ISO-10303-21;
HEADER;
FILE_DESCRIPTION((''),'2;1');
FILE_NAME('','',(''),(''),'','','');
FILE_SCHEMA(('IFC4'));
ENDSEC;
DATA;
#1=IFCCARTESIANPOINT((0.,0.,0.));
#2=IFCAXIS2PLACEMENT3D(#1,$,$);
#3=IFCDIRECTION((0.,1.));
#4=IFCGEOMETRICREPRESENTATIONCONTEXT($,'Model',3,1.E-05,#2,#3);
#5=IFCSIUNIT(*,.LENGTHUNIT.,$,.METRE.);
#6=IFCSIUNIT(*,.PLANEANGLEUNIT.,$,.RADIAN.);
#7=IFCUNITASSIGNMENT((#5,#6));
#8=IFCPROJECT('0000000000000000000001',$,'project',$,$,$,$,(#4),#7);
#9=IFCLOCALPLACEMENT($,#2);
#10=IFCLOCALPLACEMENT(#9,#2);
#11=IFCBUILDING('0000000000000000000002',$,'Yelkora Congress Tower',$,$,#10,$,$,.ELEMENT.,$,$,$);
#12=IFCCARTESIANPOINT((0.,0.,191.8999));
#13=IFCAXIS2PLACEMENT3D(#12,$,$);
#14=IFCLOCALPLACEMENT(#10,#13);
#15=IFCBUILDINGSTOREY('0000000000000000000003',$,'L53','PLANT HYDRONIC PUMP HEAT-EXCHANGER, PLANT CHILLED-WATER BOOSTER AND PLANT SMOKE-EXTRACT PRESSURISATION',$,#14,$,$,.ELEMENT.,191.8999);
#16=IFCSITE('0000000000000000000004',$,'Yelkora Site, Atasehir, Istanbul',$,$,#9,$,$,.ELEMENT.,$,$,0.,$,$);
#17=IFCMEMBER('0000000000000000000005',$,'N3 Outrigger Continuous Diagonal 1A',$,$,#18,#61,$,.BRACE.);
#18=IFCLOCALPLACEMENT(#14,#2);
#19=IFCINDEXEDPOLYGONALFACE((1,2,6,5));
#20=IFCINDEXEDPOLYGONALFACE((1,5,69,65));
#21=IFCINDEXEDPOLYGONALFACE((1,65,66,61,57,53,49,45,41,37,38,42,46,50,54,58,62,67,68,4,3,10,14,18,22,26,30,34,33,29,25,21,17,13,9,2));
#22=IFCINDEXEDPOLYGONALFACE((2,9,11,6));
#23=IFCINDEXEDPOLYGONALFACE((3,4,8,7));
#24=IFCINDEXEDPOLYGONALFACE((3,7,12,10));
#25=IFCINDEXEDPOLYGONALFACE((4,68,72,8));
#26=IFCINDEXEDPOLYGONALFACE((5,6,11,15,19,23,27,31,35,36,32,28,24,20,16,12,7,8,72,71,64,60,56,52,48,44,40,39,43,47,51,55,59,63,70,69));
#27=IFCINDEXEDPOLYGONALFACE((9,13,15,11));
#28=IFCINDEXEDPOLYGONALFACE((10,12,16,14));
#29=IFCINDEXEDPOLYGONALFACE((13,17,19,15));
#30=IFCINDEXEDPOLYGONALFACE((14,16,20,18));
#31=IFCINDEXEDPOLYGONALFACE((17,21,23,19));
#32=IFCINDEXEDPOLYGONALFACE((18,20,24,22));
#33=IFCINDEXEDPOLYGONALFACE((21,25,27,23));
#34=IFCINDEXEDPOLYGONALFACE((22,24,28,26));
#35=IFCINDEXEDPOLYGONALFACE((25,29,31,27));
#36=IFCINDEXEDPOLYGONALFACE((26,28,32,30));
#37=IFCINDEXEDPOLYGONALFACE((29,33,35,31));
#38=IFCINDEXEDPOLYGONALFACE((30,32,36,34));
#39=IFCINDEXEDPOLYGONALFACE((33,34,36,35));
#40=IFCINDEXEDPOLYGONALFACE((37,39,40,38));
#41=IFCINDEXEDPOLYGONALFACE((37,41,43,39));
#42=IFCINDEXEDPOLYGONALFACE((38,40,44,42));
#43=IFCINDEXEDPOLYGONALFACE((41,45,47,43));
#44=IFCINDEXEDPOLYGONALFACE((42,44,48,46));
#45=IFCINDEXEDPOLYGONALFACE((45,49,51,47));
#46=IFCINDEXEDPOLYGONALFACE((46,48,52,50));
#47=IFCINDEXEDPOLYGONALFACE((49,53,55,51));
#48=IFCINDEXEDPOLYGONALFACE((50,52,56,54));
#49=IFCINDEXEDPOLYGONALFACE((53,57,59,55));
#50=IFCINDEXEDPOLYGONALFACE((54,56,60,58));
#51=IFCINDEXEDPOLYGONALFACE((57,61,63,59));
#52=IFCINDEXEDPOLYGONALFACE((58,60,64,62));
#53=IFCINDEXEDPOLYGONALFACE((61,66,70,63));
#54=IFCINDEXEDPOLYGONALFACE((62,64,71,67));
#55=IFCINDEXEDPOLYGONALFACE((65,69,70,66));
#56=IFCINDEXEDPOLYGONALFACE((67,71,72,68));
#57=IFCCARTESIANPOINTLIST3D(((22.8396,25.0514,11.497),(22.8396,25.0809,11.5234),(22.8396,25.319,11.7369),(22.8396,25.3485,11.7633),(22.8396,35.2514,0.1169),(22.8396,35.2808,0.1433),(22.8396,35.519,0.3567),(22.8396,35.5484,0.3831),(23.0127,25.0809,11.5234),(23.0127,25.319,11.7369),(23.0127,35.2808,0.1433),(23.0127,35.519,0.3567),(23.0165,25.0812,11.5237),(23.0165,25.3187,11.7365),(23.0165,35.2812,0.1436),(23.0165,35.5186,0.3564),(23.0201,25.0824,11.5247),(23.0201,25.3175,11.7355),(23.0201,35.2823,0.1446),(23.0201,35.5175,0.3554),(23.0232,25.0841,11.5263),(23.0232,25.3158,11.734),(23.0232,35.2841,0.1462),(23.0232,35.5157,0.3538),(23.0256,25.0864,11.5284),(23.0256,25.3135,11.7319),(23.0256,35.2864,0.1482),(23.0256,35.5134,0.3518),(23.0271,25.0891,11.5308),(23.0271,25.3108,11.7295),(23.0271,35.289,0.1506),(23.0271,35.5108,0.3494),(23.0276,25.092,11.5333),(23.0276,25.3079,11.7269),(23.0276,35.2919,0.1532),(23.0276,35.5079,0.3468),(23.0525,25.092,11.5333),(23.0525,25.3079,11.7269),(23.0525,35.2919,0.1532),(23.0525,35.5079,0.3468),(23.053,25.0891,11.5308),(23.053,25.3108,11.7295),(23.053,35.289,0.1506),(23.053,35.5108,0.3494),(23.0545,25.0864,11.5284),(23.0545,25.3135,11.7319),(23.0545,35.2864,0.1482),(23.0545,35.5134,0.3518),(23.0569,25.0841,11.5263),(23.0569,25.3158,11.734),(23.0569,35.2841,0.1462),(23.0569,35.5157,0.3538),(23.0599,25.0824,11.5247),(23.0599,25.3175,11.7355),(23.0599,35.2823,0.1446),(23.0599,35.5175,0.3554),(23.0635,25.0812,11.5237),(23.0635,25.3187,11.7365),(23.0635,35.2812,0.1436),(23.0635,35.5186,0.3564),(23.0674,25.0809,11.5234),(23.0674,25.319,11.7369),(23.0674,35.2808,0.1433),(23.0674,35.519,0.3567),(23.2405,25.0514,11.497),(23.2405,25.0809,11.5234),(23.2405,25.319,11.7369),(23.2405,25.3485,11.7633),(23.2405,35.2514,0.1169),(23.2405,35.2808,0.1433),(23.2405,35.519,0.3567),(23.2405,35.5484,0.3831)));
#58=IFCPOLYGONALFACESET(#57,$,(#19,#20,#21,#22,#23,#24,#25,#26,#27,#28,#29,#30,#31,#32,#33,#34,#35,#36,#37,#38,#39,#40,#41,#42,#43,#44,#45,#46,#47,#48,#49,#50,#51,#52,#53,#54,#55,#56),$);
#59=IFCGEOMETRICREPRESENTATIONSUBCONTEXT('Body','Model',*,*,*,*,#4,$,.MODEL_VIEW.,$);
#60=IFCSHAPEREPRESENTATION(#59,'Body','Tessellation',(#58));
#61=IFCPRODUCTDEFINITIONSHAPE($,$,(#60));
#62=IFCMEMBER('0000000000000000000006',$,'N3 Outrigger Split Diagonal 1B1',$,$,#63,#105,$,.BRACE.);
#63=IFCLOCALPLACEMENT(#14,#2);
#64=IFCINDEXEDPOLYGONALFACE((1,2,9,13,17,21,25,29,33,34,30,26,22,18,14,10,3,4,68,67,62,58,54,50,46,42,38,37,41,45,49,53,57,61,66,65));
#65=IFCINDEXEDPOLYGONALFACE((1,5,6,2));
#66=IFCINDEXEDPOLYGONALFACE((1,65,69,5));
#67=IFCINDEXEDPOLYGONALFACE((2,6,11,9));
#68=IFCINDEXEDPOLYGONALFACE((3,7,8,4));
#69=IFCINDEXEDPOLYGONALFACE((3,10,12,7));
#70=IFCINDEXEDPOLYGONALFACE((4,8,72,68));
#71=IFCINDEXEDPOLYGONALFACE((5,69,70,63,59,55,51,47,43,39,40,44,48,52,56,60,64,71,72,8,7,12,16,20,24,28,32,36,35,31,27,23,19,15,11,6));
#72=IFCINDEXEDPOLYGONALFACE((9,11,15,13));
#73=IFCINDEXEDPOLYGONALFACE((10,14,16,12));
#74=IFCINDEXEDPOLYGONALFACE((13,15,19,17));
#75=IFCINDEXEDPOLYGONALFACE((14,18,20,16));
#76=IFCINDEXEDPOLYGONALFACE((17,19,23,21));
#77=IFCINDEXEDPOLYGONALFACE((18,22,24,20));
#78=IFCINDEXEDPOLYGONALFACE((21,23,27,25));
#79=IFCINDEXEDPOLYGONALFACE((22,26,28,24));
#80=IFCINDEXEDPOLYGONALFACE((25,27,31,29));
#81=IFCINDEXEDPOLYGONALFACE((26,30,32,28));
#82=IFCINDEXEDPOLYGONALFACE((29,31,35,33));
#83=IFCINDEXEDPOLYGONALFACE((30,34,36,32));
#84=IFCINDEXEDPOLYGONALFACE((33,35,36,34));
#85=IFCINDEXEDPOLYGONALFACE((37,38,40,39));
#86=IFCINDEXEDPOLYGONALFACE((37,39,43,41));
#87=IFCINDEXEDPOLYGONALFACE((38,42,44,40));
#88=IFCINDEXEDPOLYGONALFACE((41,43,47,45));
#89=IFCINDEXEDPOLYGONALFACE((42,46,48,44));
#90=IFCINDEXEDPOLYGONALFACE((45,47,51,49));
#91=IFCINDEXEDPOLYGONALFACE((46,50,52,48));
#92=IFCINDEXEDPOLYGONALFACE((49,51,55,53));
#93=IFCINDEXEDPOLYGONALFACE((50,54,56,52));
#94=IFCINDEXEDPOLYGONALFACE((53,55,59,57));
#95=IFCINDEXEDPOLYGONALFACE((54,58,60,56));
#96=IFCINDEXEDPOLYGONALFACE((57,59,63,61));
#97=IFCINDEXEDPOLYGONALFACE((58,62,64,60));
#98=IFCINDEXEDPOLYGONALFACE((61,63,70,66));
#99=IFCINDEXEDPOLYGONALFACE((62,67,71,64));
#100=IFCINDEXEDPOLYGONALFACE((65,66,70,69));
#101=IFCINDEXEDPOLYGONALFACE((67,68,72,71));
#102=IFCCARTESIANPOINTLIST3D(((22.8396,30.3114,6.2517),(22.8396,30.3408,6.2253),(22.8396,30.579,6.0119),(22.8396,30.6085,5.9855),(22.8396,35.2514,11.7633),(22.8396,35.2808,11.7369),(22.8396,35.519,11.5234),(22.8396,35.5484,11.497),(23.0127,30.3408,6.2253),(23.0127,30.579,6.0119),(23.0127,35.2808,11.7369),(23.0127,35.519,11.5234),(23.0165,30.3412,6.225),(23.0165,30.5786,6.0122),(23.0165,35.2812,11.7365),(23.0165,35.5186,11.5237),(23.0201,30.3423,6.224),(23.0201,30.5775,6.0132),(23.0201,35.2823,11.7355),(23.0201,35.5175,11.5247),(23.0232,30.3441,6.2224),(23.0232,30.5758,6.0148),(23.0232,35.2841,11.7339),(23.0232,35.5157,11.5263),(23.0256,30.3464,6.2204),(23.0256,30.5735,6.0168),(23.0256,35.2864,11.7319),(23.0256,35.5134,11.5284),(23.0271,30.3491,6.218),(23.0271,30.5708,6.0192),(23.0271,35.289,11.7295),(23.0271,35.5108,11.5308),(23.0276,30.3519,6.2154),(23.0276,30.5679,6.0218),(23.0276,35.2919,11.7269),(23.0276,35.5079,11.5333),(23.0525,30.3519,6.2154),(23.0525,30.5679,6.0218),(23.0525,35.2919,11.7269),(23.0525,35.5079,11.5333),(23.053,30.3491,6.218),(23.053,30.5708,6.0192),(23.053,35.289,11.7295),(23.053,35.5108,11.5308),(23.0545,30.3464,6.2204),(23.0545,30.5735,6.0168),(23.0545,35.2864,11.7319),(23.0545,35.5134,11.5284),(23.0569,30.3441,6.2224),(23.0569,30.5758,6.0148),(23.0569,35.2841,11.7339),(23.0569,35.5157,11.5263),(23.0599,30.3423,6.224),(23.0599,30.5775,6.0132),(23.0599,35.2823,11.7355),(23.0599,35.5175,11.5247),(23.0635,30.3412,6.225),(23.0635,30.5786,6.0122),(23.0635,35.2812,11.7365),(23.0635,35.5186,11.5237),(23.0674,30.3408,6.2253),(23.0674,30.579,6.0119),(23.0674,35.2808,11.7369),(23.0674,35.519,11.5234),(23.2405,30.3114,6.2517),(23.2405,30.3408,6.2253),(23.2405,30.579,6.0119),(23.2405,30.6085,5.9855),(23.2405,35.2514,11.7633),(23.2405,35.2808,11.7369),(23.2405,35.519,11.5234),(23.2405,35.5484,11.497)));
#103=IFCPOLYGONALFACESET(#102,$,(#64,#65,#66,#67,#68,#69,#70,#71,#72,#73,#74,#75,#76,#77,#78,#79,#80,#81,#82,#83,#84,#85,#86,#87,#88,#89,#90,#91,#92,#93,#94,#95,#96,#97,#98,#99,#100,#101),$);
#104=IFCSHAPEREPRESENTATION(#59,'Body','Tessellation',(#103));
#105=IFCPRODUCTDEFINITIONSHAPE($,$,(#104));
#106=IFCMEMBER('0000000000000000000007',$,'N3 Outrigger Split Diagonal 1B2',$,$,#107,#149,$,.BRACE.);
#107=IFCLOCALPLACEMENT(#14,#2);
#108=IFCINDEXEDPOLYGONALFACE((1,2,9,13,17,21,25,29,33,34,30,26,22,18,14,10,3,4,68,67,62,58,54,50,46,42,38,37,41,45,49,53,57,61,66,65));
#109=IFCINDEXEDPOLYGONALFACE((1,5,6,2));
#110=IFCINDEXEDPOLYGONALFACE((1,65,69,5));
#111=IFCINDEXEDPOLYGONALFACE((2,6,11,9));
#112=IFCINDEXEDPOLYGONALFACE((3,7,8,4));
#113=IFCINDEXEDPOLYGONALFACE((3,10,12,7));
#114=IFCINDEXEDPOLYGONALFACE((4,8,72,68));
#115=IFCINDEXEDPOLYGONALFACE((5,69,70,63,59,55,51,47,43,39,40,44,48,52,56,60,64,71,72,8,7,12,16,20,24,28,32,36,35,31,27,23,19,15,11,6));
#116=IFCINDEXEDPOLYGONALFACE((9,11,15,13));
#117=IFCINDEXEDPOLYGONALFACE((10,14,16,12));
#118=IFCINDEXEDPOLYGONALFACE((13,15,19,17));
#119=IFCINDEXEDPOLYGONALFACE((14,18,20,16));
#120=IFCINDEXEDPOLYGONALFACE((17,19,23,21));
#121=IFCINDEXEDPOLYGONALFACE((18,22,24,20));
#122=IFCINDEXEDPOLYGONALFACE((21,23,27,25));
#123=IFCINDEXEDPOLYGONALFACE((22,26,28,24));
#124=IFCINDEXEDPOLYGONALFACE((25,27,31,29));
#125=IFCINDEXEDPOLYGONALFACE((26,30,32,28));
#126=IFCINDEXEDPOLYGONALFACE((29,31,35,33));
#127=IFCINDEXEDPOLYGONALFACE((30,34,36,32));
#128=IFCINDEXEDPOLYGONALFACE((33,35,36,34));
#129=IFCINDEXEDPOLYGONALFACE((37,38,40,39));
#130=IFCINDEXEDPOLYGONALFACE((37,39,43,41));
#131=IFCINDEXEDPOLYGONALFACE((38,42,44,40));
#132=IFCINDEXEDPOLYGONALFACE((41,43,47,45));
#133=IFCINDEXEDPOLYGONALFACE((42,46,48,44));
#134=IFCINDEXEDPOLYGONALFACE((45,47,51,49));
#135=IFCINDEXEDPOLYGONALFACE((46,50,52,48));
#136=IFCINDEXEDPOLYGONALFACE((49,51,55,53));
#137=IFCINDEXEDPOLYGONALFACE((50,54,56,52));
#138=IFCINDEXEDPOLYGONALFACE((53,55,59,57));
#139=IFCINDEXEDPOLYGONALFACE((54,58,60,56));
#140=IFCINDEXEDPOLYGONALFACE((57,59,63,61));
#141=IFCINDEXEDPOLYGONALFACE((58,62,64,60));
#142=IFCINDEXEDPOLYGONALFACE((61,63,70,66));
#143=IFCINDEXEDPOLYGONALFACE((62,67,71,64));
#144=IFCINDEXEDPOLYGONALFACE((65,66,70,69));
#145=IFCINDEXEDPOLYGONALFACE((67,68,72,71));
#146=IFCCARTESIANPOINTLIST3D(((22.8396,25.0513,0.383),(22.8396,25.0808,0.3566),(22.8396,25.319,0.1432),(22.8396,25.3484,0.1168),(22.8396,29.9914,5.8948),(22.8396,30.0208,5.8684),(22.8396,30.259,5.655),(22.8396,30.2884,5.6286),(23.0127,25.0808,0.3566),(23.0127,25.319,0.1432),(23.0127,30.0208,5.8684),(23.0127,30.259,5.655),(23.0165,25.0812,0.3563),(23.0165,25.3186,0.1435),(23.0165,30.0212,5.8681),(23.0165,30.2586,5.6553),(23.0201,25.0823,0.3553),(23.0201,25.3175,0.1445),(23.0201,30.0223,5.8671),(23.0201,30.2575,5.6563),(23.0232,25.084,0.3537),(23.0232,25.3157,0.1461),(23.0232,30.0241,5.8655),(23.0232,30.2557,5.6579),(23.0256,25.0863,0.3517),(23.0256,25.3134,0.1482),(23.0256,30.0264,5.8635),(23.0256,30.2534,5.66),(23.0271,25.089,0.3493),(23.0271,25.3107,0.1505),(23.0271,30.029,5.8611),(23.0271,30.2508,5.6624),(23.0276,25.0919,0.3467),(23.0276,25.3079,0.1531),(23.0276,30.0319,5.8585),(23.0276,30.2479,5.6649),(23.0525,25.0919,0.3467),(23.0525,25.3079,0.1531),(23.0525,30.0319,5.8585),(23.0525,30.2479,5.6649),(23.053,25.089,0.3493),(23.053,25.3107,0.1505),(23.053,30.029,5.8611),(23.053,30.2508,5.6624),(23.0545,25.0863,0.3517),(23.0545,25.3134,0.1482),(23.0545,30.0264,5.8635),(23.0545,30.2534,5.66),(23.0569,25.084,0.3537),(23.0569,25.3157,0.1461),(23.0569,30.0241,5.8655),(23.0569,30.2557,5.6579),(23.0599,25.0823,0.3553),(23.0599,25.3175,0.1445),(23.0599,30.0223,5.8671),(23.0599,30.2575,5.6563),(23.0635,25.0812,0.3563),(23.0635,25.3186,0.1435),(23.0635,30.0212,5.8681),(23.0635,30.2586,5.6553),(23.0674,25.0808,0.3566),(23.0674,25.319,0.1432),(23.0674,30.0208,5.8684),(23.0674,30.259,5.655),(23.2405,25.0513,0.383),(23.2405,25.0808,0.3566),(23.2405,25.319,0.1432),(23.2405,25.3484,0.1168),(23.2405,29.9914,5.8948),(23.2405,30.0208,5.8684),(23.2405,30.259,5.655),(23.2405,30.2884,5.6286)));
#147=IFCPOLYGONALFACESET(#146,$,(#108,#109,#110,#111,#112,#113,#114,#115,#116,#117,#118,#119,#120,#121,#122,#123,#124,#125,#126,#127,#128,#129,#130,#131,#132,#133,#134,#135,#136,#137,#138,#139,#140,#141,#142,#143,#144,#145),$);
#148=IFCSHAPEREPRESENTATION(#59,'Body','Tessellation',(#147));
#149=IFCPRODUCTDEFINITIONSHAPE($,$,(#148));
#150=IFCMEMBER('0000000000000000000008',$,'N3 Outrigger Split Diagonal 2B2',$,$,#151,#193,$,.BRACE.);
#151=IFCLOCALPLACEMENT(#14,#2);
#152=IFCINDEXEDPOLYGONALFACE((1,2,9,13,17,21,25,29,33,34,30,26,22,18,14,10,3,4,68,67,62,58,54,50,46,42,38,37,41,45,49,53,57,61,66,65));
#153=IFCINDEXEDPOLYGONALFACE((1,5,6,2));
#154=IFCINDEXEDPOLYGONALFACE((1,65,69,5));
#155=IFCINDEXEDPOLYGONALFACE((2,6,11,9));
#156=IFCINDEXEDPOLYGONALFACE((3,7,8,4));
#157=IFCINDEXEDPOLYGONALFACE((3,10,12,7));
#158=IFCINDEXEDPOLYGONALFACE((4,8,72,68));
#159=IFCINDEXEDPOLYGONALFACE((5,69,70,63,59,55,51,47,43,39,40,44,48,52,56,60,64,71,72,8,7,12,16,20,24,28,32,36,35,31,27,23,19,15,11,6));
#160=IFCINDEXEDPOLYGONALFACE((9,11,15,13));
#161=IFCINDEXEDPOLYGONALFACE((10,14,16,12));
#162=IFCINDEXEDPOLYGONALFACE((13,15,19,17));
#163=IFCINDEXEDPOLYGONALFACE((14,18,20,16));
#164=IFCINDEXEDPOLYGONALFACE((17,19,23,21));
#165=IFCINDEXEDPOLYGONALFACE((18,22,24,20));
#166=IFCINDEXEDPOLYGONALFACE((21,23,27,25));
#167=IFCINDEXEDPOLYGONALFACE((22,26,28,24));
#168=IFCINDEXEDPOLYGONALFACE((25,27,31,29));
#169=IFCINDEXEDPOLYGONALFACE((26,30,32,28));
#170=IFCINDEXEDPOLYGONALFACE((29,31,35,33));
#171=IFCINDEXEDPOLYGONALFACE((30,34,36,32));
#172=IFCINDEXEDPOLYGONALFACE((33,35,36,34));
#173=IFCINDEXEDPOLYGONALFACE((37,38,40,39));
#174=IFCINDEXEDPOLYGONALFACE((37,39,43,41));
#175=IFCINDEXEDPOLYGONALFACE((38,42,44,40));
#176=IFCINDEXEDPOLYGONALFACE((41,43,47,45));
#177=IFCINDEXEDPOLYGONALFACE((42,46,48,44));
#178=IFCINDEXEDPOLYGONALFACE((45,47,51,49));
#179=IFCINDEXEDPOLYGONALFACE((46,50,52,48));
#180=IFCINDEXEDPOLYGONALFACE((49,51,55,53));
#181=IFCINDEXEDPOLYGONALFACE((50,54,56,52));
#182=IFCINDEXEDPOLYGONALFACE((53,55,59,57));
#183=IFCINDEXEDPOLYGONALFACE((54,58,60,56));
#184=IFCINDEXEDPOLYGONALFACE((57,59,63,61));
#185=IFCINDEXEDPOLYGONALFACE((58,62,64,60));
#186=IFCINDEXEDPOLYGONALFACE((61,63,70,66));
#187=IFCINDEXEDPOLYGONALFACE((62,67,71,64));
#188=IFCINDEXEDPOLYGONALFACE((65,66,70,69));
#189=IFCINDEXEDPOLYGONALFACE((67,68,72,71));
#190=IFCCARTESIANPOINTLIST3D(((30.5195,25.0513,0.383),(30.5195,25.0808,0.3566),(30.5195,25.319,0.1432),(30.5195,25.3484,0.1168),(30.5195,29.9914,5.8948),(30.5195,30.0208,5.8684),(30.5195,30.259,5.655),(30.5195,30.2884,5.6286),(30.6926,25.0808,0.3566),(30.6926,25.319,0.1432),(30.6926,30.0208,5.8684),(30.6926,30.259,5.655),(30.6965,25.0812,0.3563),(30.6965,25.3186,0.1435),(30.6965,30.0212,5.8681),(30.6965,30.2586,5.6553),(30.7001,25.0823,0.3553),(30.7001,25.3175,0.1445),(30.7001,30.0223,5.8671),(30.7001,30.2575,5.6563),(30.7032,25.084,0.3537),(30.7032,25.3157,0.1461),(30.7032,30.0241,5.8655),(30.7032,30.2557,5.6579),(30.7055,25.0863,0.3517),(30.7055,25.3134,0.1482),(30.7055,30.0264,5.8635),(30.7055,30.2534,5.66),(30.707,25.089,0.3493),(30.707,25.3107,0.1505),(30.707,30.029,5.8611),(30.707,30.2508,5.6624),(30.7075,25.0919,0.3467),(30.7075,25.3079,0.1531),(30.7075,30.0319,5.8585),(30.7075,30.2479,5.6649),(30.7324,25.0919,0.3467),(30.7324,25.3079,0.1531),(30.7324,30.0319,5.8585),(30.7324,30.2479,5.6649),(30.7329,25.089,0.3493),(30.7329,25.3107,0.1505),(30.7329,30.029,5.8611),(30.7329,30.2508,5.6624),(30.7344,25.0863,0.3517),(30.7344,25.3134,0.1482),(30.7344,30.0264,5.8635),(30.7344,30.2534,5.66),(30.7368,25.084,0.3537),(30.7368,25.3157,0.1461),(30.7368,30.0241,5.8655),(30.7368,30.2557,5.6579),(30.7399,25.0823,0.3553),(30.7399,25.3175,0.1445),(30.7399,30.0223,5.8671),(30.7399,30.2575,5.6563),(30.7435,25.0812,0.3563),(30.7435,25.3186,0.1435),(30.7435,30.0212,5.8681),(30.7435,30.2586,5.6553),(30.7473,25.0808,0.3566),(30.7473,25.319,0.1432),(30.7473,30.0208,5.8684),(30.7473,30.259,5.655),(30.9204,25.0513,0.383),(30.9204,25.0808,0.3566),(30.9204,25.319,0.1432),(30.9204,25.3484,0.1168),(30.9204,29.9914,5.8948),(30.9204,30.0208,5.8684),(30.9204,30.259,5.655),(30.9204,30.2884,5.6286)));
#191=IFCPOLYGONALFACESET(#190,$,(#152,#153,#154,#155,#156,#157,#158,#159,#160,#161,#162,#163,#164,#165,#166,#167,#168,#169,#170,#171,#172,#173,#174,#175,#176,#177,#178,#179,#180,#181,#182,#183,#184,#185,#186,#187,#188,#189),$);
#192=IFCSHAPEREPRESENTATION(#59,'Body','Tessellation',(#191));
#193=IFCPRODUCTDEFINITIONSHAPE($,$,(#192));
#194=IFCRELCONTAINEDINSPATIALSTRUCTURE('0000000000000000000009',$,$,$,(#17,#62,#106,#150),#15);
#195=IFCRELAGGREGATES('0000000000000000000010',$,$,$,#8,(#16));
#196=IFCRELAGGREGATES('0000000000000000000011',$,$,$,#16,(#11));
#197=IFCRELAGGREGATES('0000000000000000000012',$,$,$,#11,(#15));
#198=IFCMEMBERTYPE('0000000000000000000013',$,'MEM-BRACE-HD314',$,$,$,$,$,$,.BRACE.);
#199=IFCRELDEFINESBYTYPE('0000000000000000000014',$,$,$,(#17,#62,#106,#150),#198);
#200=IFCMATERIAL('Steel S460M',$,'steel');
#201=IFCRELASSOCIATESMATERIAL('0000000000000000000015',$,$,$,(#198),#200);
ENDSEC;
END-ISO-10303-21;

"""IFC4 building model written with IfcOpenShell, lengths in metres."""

from ifc_helpers import new_model, si_unit, direction, frame, origin, origin_2d, place, context, subcontext, project, spatial, i_section, extrude, material, material_profile, profile_set, type_object, element, save


model = new_model("IFC4")

# Units and contexts
model_context = context("Model", 3, precision=1e-05, world=origin(), true_north=direction((0.0, 1.0)))
body_context = subcontext(model_context, "Body", "Model", "MODEL_VIEW")
ifc_project = project(units=[si_unit("LENGTHUNIT", "METRE"), si_unit("PLANEANGLEUNIT", "RADIAN")], contexts=[model_context])

# Site, building, storey
site_placement = place(None, origin())
site = spatial("IfcSite", under=ifc_project, at=site_placement, Name="Yelkora Site, Atasehir, Istanbul", CompositionType="ELEMENT", RefElevation=0.0)
building_placement = place(site_placement, origin())
building = spatial("IfcBuilding", under=site, at=building_placement, Name="Yelkora Congress Tower", CompositionType="ELEMENT")
storey_placement = place(building_placement, frame((0.0, 0.0, 191.8999)))
storey = spatial("IfcBuildingStorey", under=building, at=storey_placement, Name="L53", Description="PLANT HYDRONIC PUMP HEAT-EXCHANGER, PLANT CHILLED-WATER BOOSTER AND PLANT SMOKE-EXTRACT PRESSURISATION", CompositionType="ELEMENT", Elevation=191.8999)

# Shared definitions
ifc_material_1 = material(Name="Steel S460M", Category="steel")

# Members
ifc_material_profile_1 = material_profile(ifc_material_1, i_section(OverallWidth=0.4009, OverallDepth=0.3989, WebThickness=0.0249, FlangeThickness=0.0396, FilletRadius=0.0149, at=origin_2d()), Name="HD 400x314")
ifc_profile_set_1 = profile_set([ifc_material_profile_1], Name="Steel S460M")
member_type_1 = type_object("IfcMemberType", Name="MEM-BRACE-HD314", PredefinedType="BRACE", material=ifc_profile_set_1)
member_1_placement = place(storey_placement, frame((23.04, 35.3999, 0.25), z_axis=(0.0, -0.667439, 0.744664), x_axis=(1.0, 0.0, 0.0)))
element("IfcMember", 1, at=member_1_placement, inside=storey, type_object=member_type_1, Name="N3 Outrigger Continuous Diagonal 1A", PredefinedType="BRACE", context=body_context, shape_type="SweptSolid", body=[
    extrude(i_section(OverallWidth=0.4009, OverallDepth=0.3989, WebThickness=0.0249, FlangeThickness=0.0396, FilletRadius=0.0149, at=origin_2d()), origin(), (0.0, 0.0, 1.0), 15.2822),
])
member_2_placement = place(storey_placement, frame((23.04, 35.3999, 11.6301), z_axis=(0.0, -0.667442, -0.744662), x_axis=(1.0, 0.0, 0.0)))
element("IfcMember", 2, at=member_2_placement, inside=storey, type_object=member_type_1, Name="N3 Outrigger Split Diagonal 1B1", PredefinedType="BRACE", context=body_context, shape_type="SweptSolid", body=[
    extrude(i_section(OverallWidth=0.4009, OverallDepth=0.3989, WebThickness=0.0249, FlangeThickness=0.0396, FilletRadius=0.0149, at=origin_2d()), origin(), (0.0, 0.0, 1.0), 7.4014),
])
for number, where, z_axis, x_axis, name in (
    (3, (23.04, 30.1399, 5.7617), (0.0, -0.667425, -0.744677), (1.0, 0.0, 0.0), "N3 Outrigger Split Diagonal 1B2"),
    (4, (30.72, 30.1399, 5.7617), (0.0, -0.667425, -0.744677), (1.0, 0.0, 0.0), "N3 Outrigger Split Diagonal 2B2"),
):
    element("IfcMember", number, at=place(storey_placement, frame(where, z_axis=z_axis, x_axis=x_axis)), inside=storey, type_object=member_type_1, Name=name, PredefinedType="BRACE", context=body_context, shape_type="SweptSolid", body=[
        extrude(i_section(OverallWidth=0.4009, OverallDepth=0.3989, WebThickness=0.0249, FlangeThickness=0.0396, FilletRadius=0.0149, at=origin_2d()), origin(), (0.0, 0.0, 1.0), 7.4016),
    ])

save(model, "model.ifc")
